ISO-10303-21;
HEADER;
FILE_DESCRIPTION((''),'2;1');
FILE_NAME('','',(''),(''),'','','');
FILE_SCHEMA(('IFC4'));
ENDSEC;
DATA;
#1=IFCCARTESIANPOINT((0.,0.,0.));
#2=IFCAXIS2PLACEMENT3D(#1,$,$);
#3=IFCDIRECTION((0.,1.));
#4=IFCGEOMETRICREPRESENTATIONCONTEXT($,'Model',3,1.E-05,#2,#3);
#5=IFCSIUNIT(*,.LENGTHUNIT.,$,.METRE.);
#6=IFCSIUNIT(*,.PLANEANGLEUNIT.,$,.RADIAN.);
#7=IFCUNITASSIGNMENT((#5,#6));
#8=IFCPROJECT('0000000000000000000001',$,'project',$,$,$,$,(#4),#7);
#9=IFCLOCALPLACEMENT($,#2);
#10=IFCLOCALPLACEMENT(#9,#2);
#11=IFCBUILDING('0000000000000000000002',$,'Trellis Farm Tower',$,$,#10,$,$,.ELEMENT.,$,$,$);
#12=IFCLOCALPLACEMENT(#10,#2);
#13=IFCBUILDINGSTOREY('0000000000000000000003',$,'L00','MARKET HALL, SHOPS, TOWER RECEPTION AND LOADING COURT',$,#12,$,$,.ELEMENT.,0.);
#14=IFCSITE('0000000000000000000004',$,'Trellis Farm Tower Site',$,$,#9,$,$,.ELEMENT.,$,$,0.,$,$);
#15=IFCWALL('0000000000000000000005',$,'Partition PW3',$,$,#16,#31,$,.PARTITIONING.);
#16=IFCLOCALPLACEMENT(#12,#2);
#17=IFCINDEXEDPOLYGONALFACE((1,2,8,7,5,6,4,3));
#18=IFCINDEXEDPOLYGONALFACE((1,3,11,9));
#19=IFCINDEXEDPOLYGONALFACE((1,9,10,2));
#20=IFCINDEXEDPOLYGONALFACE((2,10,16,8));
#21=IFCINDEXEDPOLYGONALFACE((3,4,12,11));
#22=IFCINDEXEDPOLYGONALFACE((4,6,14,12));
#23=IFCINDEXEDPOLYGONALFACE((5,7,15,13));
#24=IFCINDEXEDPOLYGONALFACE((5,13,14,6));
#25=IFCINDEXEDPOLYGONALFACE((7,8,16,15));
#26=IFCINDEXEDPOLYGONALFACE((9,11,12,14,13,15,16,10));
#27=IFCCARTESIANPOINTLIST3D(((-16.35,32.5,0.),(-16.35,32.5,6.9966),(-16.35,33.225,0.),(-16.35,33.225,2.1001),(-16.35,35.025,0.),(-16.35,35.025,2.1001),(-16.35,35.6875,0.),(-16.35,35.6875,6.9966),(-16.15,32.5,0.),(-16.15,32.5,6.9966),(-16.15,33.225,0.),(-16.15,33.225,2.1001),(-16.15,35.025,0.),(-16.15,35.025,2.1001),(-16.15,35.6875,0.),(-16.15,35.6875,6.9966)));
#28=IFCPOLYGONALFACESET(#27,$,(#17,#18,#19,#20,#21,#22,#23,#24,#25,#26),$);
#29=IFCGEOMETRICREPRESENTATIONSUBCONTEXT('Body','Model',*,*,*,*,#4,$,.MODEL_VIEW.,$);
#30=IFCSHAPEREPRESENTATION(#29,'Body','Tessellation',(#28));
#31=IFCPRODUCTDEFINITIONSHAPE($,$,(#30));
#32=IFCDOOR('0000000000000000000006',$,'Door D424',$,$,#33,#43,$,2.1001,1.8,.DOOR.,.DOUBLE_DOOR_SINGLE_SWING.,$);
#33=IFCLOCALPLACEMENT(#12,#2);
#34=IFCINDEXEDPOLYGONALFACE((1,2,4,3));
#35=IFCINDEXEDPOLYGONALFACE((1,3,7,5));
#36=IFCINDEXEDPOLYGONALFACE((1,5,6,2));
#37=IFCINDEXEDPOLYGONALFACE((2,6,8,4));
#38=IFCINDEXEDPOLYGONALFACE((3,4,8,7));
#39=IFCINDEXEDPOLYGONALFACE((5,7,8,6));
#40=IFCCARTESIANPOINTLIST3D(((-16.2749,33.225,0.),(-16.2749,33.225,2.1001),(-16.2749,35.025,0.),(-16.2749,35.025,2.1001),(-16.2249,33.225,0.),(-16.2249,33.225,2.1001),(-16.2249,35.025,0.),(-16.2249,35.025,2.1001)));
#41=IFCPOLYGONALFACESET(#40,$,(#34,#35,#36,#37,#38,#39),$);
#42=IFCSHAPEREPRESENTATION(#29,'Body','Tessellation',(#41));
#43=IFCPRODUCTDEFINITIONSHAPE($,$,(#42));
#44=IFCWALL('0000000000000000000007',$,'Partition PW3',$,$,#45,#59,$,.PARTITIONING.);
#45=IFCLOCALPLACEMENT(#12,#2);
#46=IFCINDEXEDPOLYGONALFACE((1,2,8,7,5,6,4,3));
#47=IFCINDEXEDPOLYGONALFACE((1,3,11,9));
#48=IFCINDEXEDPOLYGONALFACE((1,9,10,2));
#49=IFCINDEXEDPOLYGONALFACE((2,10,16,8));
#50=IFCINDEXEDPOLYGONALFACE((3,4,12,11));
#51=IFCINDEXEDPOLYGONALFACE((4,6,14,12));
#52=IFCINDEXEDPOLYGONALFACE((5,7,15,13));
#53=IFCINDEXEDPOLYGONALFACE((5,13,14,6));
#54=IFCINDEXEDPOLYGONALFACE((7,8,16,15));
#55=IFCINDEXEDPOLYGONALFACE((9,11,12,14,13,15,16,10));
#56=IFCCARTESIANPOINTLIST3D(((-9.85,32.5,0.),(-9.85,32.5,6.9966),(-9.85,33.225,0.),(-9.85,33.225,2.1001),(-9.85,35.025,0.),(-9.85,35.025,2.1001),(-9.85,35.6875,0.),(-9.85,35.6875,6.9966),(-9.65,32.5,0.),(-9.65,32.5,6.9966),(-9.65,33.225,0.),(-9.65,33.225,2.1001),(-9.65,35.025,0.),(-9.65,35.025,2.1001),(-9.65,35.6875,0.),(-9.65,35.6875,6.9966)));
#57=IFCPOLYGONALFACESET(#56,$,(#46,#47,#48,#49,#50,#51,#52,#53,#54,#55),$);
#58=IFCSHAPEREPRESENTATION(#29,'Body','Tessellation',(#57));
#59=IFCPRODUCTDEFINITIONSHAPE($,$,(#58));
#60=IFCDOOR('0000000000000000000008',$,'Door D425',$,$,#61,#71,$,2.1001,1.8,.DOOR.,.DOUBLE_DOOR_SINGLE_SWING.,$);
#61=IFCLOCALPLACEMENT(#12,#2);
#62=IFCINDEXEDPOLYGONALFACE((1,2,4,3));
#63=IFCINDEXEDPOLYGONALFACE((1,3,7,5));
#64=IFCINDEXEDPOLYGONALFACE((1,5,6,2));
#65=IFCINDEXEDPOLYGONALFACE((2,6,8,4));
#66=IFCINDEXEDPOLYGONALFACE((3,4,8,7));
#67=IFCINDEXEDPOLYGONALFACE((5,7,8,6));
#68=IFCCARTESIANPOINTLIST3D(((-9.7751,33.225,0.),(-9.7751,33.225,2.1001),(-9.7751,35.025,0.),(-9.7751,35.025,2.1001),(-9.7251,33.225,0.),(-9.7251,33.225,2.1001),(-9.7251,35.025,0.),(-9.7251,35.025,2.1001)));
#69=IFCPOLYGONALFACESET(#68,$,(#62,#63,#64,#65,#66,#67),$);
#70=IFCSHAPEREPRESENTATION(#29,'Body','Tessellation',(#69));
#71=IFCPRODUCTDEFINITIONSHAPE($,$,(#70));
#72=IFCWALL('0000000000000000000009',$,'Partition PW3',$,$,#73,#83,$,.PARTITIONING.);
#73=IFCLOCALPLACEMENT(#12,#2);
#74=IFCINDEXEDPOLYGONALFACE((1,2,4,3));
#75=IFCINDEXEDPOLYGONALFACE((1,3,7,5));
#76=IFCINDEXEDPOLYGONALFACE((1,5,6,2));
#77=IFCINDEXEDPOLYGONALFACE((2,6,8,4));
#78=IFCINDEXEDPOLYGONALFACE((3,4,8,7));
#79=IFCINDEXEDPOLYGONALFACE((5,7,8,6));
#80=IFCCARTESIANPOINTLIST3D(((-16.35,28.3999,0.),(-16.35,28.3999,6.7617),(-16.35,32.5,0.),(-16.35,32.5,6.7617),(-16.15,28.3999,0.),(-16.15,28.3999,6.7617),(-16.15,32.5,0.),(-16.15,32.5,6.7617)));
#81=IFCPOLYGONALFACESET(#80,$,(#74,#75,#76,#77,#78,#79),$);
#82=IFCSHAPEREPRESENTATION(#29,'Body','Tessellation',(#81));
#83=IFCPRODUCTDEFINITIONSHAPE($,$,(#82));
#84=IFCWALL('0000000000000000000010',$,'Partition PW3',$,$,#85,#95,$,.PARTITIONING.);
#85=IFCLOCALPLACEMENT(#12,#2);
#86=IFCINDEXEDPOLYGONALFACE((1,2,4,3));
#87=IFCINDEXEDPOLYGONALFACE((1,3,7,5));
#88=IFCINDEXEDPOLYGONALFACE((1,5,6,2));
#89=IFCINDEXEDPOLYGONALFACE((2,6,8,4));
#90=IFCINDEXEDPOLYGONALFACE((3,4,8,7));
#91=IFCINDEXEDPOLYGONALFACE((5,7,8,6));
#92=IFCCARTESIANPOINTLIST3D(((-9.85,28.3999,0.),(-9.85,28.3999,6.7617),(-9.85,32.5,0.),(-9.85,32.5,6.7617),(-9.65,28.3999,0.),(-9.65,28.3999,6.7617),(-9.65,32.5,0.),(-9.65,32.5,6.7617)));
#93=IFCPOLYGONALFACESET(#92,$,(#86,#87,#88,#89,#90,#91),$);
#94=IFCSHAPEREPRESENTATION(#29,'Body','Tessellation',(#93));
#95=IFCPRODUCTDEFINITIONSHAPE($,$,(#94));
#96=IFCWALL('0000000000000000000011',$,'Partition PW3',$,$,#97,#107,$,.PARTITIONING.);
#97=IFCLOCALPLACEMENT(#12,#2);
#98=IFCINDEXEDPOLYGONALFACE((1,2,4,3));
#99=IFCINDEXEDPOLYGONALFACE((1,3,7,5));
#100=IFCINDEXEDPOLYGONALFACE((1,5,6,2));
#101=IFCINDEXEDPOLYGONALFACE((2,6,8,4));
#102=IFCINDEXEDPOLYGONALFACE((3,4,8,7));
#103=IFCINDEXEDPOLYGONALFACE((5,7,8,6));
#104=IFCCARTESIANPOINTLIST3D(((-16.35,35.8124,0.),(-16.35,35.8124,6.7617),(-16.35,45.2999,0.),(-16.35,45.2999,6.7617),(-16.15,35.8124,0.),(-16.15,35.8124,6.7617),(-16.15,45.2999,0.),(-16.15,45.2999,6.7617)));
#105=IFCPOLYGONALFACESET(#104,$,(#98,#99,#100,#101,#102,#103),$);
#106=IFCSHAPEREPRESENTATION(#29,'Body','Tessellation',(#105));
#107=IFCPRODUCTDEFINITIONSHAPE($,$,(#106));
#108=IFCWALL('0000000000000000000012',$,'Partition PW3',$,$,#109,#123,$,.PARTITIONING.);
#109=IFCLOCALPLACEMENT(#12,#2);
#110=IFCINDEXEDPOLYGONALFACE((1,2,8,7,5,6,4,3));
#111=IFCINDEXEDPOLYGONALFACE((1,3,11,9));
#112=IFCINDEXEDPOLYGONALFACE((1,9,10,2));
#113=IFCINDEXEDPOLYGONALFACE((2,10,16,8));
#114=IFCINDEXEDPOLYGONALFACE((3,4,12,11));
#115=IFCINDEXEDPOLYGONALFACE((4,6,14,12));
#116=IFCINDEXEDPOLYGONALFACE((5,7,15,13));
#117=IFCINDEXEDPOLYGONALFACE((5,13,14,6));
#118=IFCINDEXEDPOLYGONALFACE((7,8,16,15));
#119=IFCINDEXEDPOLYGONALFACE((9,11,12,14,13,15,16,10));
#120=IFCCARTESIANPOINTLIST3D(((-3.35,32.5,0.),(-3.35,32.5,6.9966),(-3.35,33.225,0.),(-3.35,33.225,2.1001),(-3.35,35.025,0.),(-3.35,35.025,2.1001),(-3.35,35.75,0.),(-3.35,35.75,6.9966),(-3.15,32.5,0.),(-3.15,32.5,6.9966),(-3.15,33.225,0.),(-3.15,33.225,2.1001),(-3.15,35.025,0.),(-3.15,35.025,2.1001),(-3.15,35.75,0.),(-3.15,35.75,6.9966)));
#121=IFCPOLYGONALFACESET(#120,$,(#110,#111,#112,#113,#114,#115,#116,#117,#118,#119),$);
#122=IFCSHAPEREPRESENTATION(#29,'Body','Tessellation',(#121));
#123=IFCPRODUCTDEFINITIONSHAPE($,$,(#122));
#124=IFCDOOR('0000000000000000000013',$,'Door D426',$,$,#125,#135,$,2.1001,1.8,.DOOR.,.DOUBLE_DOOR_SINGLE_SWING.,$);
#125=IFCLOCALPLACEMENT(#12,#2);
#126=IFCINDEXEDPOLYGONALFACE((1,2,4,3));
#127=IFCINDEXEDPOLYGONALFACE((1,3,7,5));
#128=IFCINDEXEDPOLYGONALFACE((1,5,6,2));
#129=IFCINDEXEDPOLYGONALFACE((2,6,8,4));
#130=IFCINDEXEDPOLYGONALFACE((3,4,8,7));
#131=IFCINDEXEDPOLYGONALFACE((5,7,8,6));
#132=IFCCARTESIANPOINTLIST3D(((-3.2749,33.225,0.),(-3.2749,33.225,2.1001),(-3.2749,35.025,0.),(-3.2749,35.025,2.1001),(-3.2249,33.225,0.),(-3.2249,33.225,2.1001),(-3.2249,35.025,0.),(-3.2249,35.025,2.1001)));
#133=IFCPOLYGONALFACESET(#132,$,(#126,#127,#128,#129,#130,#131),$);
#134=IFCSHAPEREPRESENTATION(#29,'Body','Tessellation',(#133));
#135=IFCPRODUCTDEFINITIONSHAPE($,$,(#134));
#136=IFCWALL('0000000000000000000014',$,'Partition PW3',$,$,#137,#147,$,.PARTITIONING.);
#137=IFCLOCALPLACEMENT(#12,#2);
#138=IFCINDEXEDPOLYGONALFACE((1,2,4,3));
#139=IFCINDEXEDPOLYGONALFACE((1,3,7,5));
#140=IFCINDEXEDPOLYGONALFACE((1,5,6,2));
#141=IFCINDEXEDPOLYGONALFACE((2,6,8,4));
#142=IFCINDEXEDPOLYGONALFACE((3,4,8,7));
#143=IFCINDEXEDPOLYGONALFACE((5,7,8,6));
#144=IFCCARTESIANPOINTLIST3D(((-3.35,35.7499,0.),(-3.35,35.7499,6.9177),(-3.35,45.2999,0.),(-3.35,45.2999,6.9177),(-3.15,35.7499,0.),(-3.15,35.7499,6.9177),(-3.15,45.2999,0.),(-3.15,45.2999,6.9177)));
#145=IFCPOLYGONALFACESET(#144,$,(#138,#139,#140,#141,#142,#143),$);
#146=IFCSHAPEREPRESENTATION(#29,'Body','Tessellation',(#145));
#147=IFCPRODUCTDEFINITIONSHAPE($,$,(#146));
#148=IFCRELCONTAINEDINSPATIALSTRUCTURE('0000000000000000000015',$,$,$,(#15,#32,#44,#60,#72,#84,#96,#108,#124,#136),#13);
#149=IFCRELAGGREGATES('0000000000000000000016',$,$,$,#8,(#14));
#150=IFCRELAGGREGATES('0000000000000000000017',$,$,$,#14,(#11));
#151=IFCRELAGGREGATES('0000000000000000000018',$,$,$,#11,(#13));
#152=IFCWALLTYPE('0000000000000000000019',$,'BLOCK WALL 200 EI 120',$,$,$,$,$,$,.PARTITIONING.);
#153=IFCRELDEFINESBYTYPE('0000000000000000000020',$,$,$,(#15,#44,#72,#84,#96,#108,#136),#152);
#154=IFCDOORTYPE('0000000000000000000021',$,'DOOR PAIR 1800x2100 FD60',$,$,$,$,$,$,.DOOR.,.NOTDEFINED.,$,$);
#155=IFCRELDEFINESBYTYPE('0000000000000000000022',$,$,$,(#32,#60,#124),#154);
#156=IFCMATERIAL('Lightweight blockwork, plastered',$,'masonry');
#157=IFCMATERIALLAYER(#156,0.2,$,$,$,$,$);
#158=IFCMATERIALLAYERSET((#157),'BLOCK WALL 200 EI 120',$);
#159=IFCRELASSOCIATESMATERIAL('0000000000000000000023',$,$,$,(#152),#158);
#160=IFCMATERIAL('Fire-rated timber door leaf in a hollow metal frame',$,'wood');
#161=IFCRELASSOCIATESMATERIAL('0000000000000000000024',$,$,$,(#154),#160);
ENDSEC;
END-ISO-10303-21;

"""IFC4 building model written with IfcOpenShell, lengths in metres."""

from ifc_helpers import new_model, si_unit, direction, frame, frame_2d, origin, place, context, subcontext, project, spatial, rectangle, extrude, source, transform, mapped, material, layer, layer_set, type_object, element, fill, save


model = new_model("IFC4")

# Units and contexts
model_context = context("Model", 3, precision=1e-05, world=origin(), true_north=direction((0.0, 1.0)))
body_context = subcontext(model_context, "Body", "Model", "MODEL_VIEW")
ifc_project = project(units=[si_unit("LENGTHUNIT", "METRE"), si_unit("PLANEANGLEUNIT", "RADIAN")], contexts=[model_context])

# Site, building, storey
site_placement = place(None, origin())
site = spatial("IfcSite", under=ifc_project, at=site_placement, Name="Trellis Farm Tower Site", CompositionType="ELEMENT", RefElevation=0.0)
building_placement = place(site_placement, origin())
building = spatial("IfcBuilding", under=site, at=building_placement, Name="Trellis Farm Tower", CompositionType="ELEMENT")
storey_placement = place(building_placement, origin())
storey = spatial("IfcBuildingStorey", under=building, at=storey_placement, Name="L00", Description="MARKET HALL, SHOPS, TOWER RECEPTION AND LOADING COURT", CompositionType="ELEMENT", Elevation=0.0)

# Shared definitions
shared_shape_1 = source(origin(), body_context, "Body", "SweptSolid", [
    extrude(rectangle(XDim=1.8, YDim=2.1001, at=frame_2d((0.8999, 1.05))), frame((0.0, 0.0249, 0.0), z_axis=(0.0, -1.0, 0.0), x_axis=(1.0, 0.0, 0.0)), (0.0, 0.0, 1.0), 0.05),
])

# Walls, openings, doors
ifc_material_1 = material(Name="Lightweight blockwork, plastered", Category="masonry")
ifc_layer_1 = layer(ifc_material_1, 0.2)
ifc_layer_set_1 = layer_set([ifc_layer_1], Name="BLOCK WALL 200 EI 120")
wall_type_1 = type_object("IfcWallType", Name="BLOCK WALL 200 EI 120", PredefinedType="PARTITIONING", material=ifc_layer_set_1)
shared_shape_2 = source(origin(), body_context, "Body", "SweptSolid", [
    extrude(rectangle(XDim=3.1875, YDim=0.2, at=frame_2d((1.5938, 0.0))), origin(), (0.0, 0.0, 1.0), 6.9966),
])
wall_1_placement = place(storey_placement, frame((-16.25, 32.5, 0.0), z_axis=(0.0, 0.0, 1.0), x_axis=(0.0, 1.0, 0.0)))
wall_1 = element("IfcWall", 1, at=wall_1_placement, inside=storey, type_object=wall_type_1, Name="Partition PW3", PredefinedType="PARTITIONING", context=body_context, shape_type="MappedRepresentation", body=[
    mapped(shared_shape_2, transform((0.0, 0.0, 0.0))),
])
shared_shape_3 = source(origin(), body_context, "Body", "SweptSolid", [
    extrude(rectangle(XDim=1.8, YDim=2.1001, at=frame_2d((0.8999, 1.05))), frame((0.0, 0.1101, 0.0), z_axis=(0.0, -1.0, 0.0), x_axis=(1.0, 0.0, 0.0)), (0.0, 0.0, 1.0), 0.2202),
])
opening_1_placement = place(wall_1_placement, frame((0.7251, 0.0, 0.0)))
opening_1 = element("IfcOpeningElement", 2, at=opening_1_placement, cuts=wall_1, PredefinedType="OPENING", context=body_context, shape_type="MappedRepresentation", body=[
    mapped(shared_shape_3, transform((0.0, 0.0, 0.0))),
])
ifc_material_2 = material(Name="Fire-rated timber door leaf in a hollow metal frame", Category="wood")
door_type_1 = type_object("IfcDoorType", Name="DOOR PAIR 1800x2100 FD60", OperationType="NOTDEFINED", PredefinedType="DOOR", material=ifc_material_2)
door_1_placement = place(opening_1_placement, origin())
door_1 = element("IfcDoor", 3, at=door_1_placement, inside=storey, type_object=door_type_1, Name="Door D424", OperationType="DOUBLE_DOOR_SINGLE_SWING", OverallHeight=2.1001, OverallWidth=1.8, PredefinedType="DOOR", context=body_context, shape_type="MappedRepresentation", body=[
    mapped(shared_shape_1, transform((0.0, 0.0, 0.0))),
])
fill(opening_1, door_1)
wall_2_placement = place(storey_placement, frame((-9.75, 35.6875, 0.0), z_axis=(0.0, 0.0, 1.0), x_axis=(0.0, -1.0, 0.0)))
wall_2 = element("IfcWall", 4, at=wall_2_placement, inside=storey, type_object=wall_type_1, Name="Partition PW3", PredefinedType="PARTITIONING", context=body_context, shape_type="MappedRepresentation", body=[
    mapped(shared_shape_2, transform((0.0, 0.0, 0.0))),
])
opening_2_placement = place(wall_2_placement, frame((0.6626, 0.0, 0.0)))
opening_2 = element("IfcOpeningElement", 5, at=opening_2_placement, cuts=wall_2, PredefinedType="OPENING", context=body_context, shape_type="MappedRepresentation", body=[
    mapped(shared_shape_3, transform((0.0, 0.0, 0.0))),
])
door_2_placement = place(opening_2_placement, origin())
door_2 = element("IfcDoor", 6, at=door_2_placement, inside=storey, type_object=door_type_1, Name="Door D425", OperationType="DOUBLE_DOOR_SINGLE_SWING", OverallHeight=2.1001, OverallWidth=1.8, PredefinedType="DOOR", context=body_context, shape_type="MappedRepresentation", body=[
    mapped(shared_shape_1, transform((0.0, 0.0, 0.0))),
])
fill(opening_2, door_2)

# Walls
shared_shape_4 = source(origin(), body_context, "Body", "SweptSolid", [
    extrude(rectangle(XDim=4.1001, YDim=0.2, at=frame_2d((2.05, 0.0))), origin(), (0.0, 0.0, 1.0), 6.7617),
])
for number, where, z_axis, x_axis, name in (
    (7, (-16.25, 28.3999, 0.0), (0.0, 0.0, 1.0), (0.0, 1.0, 0.0), "Partition PW3"),
    (8, (-9.75, 28.3999, 0.0), (0.0, 0.0, 1.0), (0.0, 1.0, 0.0), "Partition PW3"),
):
    element("IfcWall", number, at=place(storey_placement, frame(where, z_axis=z_axis, x_axis=x_axis)), inside=storey, type_object=wall_type_1, Name=name, PredefinedType="PARTITIONING", context=body_context, shape_type="MappedRepresentation", body=[
        mapped(shared_shape_4, transform((0.0, 0.0, 0.0))),
    ])
shared_shape_5 = source(origin(), body_context, "Body", "SweptSolid", [
    extrude(rectangle(XDim=9.4875, YDim=0.2, at=frame_2d((4.7437, 0.0))), origin(), (0.0, 0.0, 1.0), 6.7617),
])
wall_3_placement = place(storey_placement, frame((-16.25, 35.8125, 0.0), z_axis=(0.0, 0.0, 1.0), x_axis=(0.0, 1.0, 0.0)))
element("IfcWall", 9, at=wall_3_placement, inside=storey, type_object=wall_type_1, Name="Partition PW3", PredefinedType="PARTITIONING", context=body_context, shape_type="MappedRepresentation", body=[
    mapped(shared_shape_5, transform((0.0, 0.0, 0.0))),
])

# Wall, opening, door
shared_shape_6 = source(origin(), body_context, "Body", "SweptSolid", [
    extrude(rectangle(XDim=3.25, YDim=0.2, at=frame_2d((1.625, 0.0))), origin(), (0.0, 0.0, 1.0), 6.9966),
])
wall_4_placement = place(storey_placement, frame((-3.25, 32.5, 0.0), z_axis=(0.0, 0.0, 1.0), x_axis=(0.0, 1.0, 0.0)))
wall_4 = element("IfcWall", 10, at=wall_4_placement, inside=storey, type_object=wall_type_1, Name="Partition PW3", PredefinedType="PARTITIONING", context=body_context, shape_type="MappedRepresentation", body=[
    mapped(shared_shape_6, transform((0.0, 0.0, 0.0))),
])
opening_3_placement = place(wall_4_placement, frame((0.7251, 0.0, 0.0)))
opening_3 = element("IfcOpeningElement", 11, at=opening_3_placement, cuts=wall_4, PredefinedType="OPENING", context=body_context, shape_type="MappedRepresentation", body=[
    mapped(shared_shape_3, transform((0.0, 0.0, 0.0))),
])
door_3_placement = place(opening_3_placement, origin())
door_3 = element("IfcDoor", 12, at=door_3_placement, inside=storey, type_object=door_type_1, Name="Door D426", OperationType="DOUBLE_DOOR_SINGLE_SWING", OverallHeight=2.1001, OverallWidth=1.8, PredefinedType="DOOR", context=body_context, shape_type="MappedRepresentation", body=[
    mapped(shared_shape_1, transform((0.0, 0.0, 0.0))),
])
fill(opening_3, door_3)

# Wall
shared_shape_7 = source(origin(), body_context, "Body", "SweptSolid", [
    extrude(rectangle(XDim=9.55, YDim=0.2, at=frame_2d((4.7749, 0.0))), origin(), (0.0, 0.0, 1.0), 6.9177),
])
wall_5_placement = place(storey_placement, frame((-3.25, 35.75, 0.0), z_axis=(0.0, 0.0, 1.0), x_axis=(0.0, 1.0, 0.0)))
element("IfcWall", 13, at=wall_5_placement, inside=storey, type_object=wall_type_1, Name="Partition PW3", PredefinedType="PARTITIONING", context=body_context, shape_type="MappedRepresentation", body=[
    mapped(shared_shape_7, transform((0.0, 0.0, 0.0))),
])

save(model, "model.ifc")
